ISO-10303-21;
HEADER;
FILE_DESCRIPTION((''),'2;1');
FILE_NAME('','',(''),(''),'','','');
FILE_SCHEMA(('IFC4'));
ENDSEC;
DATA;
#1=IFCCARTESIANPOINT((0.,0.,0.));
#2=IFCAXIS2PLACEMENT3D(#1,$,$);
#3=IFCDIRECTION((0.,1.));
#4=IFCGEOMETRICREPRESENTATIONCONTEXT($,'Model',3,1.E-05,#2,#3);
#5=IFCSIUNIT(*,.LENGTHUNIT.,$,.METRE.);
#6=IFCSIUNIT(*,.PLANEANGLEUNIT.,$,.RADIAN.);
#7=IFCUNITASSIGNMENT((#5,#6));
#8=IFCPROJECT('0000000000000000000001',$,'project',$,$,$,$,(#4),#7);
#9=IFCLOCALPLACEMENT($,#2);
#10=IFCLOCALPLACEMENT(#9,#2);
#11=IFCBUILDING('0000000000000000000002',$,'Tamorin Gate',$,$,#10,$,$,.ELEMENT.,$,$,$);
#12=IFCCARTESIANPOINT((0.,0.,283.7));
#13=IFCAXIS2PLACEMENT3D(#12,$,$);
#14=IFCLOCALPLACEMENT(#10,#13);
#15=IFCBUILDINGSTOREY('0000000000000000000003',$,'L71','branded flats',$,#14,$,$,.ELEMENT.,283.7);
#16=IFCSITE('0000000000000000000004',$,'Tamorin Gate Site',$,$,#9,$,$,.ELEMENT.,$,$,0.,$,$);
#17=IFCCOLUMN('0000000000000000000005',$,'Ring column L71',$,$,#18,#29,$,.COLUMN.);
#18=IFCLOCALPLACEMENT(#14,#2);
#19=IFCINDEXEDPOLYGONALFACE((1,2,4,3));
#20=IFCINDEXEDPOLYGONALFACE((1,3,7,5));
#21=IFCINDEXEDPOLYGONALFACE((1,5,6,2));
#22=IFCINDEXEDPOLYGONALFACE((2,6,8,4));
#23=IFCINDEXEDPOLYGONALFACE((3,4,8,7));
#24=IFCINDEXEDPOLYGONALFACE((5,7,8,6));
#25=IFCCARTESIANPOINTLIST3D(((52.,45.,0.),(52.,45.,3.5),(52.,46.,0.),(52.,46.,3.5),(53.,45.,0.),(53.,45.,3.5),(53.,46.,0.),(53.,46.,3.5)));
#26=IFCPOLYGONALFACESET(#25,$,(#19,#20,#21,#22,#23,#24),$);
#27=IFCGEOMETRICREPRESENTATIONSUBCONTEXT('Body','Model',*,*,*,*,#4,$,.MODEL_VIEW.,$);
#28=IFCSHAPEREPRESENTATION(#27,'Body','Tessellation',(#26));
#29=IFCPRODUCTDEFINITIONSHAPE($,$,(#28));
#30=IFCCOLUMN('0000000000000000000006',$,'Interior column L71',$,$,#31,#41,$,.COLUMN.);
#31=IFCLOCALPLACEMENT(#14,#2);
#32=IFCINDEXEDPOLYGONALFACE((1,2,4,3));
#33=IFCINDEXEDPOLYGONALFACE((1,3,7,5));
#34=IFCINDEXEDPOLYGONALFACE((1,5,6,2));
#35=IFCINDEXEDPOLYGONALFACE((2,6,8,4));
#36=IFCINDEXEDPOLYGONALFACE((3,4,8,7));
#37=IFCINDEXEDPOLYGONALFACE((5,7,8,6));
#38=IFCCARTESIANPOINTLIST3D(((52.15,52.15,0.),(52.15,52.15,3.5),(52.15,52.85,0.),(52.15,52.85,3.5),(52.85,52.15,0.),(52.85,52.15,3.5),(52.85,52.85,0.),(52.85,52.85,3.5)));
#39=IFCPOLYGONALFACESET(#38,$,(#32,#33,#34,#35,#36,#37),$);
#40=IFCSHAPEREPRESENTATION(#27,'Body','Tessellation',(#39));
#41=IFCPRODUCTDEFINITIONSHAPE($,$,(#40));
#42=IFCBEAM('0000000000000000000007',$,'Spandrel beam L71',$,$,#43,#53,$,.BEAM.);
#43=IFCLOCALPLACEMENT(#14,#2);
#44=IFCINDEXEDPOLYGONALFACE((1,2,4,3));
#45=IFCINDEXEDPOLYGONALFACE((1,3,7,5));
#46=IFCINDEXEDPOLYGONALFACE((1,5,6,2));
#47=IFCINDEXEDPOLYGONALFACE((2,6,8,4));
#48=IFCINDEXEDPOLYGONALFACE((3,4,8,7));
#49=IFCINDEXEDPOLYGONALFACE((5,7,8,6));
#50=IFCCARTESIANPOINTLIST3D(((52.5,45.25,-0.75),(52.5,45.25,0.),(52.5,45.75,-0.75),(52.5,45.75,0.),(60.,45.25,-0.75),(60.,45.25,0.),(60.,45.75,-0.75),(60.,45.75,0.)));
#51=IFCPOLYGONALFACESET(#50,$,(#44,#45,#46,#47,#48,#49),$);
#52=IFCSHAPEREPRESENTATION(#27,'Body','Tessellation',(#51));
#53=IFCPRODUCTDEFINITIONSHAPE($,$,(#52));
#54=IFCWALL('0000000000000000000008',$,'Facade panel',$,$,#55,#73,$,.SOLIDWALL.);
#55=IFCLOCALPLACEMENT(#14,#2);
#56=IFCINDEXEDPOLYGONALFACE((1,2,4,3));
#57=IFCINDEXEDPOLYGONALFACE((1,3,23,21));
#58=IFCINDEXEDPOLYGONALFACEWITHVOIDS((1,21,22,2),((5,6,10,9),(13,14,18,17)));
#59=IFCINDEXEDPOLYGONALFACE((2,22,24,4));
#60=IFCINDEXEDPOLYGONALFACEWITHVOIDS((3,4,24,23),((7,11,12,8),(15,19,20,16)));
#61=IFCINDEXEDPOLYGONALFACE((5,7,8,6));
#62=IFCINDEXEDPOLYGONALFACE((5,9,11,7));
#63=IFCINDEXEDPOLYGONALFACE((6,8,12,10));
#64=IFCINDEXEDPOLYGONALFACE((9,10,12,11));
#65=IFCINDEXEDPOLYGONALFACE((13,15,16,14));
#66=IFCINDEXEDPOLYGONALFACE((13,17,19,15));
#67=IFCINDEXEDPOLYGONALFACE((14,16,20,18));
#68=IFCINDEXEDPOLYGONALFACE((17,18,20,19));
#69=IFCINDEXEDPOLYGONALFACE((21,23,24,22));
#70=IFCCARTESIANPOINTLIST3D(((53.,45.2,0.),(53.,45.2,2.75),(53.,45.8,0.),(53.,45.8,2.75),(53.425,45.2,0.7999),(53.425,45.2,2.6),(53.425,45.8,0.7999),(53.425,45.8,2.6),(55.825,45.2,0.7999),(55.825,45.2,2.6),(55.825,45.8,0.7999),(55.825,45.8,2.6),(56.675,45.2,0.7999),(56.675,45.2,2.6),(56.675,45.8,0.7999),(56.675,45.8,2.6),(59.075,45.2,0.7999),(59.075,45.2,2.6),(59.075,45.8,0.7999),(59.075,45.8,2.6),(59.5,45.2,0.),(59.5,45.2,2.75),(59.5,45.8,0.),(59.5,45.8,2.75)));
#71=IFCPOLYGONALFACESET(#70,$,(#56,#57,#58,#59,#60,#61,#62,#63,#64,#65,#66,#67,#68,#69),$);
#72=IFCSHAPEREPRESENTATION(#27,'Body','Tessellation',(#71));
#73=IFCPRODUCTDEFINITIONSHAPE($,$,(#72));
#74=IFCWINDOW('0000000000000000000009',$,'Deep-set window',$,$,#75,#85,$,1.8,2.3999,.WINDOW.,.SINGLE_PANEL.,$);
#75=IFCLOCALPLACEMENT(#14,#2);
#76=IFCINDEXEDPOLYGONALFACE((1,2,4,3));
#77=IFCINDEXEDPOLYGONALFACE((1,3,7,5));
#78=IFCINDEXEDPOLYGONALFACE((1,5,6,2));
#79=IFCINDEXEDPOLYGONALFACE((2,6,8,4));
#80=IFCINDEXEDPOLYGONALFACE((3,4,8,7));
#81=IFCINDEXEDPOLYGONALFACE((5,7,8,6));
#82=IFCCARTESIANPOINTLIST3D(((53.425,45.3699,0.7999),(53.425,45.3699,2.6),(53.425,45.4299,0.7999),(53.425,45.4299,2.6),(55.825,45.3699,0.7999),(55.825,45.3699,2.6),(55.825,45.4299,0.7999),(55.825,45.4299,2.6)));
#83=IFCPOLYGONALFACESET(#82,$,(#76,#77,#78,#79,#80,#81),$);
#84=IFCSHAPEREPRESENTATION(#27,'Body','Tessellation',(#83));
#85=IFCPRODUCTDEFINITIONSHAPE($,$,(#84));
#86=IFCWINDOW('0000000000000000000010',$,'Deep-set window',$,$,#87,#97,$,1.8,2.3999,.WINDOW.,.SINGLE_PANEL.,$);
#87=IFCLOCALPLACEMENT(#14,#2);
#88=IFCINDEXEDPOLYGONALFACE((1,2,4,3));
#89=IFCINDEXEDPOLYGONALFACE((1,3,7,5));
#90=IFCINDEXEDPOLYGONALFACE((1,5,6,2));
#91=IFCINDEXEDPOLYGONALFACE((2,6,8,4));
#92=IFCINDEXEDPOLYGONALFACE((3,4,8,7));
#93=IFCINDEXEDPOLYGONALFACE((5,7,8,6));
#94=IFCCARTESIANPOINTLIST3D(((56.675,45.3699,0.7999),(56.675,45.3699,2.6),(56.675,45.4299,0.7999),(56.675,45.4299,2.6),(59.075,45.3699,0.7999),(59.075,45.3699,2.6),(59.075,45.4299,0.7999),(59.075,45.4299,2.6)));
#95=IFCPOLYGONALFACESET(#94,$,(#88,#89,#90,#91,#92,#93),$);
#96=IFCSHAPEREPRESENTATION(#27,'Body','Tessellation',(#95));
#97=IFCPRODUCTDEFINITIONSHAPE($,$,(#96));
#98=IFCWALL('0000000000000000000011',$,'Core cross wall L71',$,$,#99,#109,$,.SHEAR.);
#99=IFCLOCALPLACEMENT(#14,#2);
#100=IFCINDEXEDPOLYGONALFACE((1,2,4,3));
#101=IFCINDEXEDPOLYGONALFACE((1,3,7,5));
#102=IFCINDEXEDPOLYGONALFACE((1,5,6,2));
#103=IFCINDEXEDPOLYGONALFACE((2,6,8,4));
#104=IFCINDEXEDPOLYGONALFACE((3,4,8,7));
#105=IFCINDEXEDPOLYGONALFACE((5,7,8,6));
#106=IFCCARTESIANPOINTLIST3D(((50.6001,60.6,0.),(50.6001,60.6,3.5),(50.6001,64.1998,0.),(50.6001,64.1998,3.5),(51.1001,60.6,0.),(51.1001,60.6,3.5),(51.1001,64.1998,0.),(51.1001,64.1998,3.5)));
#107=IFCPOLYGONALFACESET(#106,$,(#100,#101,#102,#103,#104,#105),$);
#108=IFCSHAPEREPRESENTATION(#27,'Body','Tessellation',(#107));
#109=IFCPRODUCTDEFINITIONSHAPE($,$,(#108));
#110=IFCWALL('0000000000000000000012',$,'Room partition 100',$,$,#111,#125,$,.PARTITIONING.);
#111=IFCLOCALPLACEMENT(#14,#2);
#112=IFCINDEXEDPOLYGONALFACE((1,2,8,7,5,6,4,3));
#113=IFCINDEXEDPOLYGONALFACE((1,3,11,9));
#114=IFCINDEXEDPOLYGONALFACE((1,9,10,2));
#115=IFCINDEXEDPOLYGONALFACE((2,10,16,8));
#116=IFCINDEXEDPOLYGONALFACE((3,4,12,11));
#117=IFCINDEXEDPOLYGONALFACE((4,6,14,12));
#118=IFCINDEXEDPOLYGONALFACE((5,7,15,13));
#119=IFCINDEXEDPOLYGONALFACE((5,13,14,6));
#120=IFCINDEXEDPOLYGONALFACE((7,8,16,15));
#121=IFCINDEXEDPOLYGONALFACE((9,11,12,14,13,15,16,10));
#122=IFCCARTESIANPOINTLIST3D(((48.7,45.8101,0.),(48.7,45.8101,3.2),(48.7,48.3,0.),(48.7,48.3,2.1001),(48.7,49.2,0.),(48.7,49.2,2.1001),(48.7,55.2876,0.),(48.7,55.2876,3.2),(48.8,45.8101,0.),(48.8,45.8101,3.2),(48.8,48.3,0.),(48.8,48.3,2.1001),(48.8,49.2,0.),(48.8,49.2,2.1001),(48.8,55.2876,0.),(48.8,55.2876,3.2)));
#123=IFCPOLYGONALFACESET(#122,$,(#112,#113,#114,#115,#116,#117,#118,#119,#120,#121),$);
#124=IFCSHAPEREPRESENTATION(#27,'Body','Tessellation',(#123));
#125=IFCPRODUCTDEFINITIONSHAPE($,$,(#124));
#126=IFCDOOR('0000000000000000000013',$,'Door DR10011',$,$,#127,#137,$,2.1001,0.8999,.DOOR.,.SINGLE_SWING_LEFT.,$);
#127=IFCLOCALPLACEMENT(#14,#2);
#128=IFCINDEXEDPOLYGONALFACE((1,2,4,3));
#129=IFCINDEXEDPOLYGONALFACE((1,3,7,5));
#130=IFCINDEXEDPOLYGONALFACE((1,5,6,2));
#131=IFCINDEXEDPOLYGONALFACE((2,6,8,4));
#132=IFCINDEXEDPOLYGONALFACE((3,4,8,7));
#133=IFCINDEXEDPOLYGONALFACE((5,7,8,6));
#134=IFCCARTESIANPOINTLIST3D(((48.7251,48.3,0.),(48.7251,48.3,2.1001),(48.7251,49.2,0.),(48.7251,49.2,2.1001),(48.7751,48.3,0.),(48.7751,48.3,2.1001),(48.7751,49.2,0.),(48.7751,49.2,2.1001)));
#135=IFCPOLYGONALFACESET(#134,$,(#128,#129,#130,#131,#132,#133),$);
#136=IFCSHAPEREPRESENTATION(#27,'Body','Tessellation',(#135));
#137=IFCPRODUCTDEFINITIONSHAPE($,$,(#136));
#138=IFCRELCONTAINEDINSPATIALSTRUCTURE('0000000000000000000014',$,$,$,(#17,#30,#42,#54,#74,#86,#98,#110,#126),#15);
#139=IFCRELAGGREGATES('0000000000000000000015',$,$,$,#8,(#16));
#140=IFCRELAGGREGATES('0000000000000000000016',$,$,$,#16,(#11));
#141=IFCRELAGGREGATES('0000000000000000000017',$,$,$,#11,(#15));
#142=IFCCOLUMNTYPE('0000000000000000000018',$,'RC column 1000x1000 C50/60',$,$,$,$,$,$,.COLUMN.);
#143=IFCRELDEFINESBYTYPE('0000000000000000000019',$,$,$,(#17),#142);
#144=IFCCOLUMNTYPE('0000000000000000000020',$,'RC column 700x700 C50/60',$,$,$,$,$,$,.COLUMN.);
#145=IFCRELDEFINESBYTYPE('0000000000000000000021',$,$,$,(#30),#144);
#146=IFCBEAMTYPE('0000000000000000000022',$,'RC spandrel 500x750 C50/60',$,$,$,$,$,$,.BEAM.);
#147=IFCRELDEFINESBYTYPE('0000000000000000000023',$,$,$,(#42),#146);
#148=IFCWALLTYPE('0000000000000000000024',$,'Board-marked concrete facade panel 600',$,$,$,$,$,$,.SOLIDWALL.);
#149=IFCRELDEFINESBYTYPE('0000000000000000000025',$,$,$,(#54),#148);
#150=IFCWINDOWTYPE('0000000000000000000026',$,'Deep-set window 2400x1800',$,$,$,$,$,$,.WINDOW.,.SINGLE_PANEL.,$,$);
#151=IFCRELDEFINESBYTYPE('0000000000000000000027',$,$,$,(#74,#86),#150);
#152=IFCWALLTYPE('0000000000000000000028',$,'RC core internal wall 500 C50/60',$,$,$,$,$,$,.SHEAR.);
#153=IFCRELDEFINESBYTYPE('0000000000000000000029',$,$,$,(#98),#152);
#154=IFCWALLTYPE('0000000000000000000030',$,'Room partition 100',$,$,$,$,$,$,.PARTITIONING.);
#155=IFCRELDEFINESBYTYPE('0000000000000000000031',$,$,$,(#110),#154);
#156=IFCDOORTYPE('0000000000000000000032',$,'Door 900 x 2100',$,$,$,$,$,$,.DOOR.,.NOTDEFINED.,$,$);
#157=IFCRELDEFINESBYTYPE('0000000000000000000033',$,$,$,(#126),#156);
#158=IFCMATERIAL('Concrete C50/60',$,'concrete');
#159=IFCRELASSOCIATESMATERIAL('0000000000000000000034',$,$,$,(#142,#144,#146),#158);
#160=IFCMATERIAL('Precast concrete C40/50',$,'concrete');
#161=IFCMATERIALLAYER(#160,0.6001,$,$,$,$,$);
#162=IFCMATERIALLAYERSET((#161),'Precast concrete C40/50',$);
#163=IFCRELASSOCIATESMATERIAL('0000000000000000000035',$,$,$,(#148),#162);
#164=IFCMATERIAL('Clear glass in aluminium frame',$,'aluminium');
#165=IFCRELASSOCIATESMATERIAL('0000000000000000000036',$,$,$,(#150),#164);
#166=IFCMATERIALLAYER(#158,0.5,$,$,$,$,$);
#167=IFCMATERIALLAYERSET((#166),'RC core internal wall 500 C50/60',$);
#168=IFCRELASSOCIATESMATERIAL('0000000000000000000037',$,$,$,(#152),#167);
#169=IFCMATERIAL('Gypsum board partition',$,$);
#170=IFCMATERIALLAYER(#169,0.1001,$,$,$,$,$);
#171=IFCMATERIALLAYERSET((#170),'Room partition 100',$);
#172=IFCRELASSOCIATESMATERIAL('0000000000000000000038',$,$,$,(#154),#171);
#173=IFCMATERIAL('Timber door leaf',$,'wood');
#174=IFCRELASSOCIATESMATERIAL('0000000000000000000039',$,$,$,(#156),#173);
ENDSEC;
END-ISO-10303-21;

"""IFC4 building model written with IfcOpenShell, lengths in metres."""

from ifc_helpers import new_model, si_unit, direction, frame, frame_2d, origin, origin_2d, place, context, subcontext, project, spatial, rectangle, extrude, material, layer, layer_set, material_profile, profile_set, type_object, element, fill, save


model = new_model("IFC4")

# Units and contexts
model_context = context("Model", 3, precision=1e-05, world=origin(), true_north=direction((0.0, 1.0)))
body_context = subcontext(model_context, "Body", "Model", "MODEL_VIEW")
ifc_project = project(units=[si_unit("LENGTHUNIT", "METRE"), si_unit("PLANEANGLEUNIT", "RADIAN")], contexts=[model_context])

# Site, building, storey
site_placement = place(None, origin())
site = spatial("IfcSite", under=ifc_project, at=site_placement, Name="Tamorin Gate Site", CompositionType="ELEMENT", RefElevation=0.0)
building_placement = place(site_placement, origin())
building = spatial("IfcBuilding", under=site, at=building_placement, Name="Tamorin Gate", CompositionType="ELEMENT")
storey_placement = place(building_placement, frame((0.0, 0.0, 283.7)))
storey = spatial("IfcBuildingStorey", under=building, at=storey_placement, Name="L71", Description="branded flats", CompositionType="ELEMENT", Elevation=283.7)

# Columns
ifc_material_1 = material(Name="Concrete C50/60", Category="concrete")
ifc_material_profile_1 = material_profile(ifc_material_1, rectangle(XDim=1.0, YDim=1.0, at=origin_2d()), Name="RC 1000x1000")
ifc_profile_set_1 = profile_set([ifc_material_profile_1], Name="Concrete C50/60")
column_type_1 = type_object("IfcColumnType", Name="RC column 1000x1000 C50/60", PredefinedType="COLUMN", material=ifc_profile_set_1)
column_1_placement = place(storey_placement, frame((52.5, 45.5, 0.0), z_axis=(0.0, 0.0, 1.0), x_axis=(1.0, 0.0, 0.0)))
element("IfcColumn", 1, at=column_1_placement, inside=storey, type_object=column_type_1, Name="Ring column L71", PredefinedType="COLUMN", context=body_context, shape_type="SweptSolid", body=[
    extrude(rectangle(XDim=1.0, YDim=1.0, at=origin_2d()), origin(), (0.0, 0.0, 1.0), 3.5),
])
ifc_material_profile_2 = material_profile(ifc_material_1, rectangle(XDim=0.7, YDim=0.7, at=origin_2d()), Name="RC 700x700")
ifc_profile_set_2 = profile_set([ifc_material_profile_2], Name="Concrete C50/60")
column_type_2 = type_object("IfcColumnType", Name="RC column 700x700 C50/60", PredefinedType="COLUMN", material=ifc_profile_set_2)
column_2_placement = place(storey_placement, frame((52.5, 52.5, 0.0), z_axis=(0.0, 0.0, 1.0), x_axis=(1.0, 0.0, 0.0)))
element("IfcColumn", 2, at=column_2_placement, inside=storey, type_object=column_type_2, Name="Interior column L71", PredefinedType="COLUMN", context=body_context, shape_type="SweptSolid", body=[
    extrude(rectangle(XDim=0.7, YDim=0.7, at=origin_2d()), origin(), (0.0, 0.0, 1.0), 3.5),
])

# Beam
ifc_material_profile_3 = material_profile(ifc_material_1, rectangle(XDim=0.5, YDim=0.75, at=origin_2d()), Name="RC 500x750")
ifc_profile_set_3 = profile_set([ifc_material_profile_3], Name="Concrete C50/60")
beam_type = type_object("IfcBeamType", Name="RC spandrel 500x750 C50/60", PredefinedType="BEAM", material=ifc_profile_set_3)
beam_placement = place(storey_placement, frame((52.5, 45.5, -0.375), z_axis=(1.0, 0.0, 0.0), x_axis=(0.0, 1.0, 0.0)))
element("IfcBeam", 3, at=beam_placement, inside=storey, type_object=beam_type, Name="Spandrel beam L71", PredefinedType="BEAM", context=body_context, shape_type="SweptSolid", body=[
    extrude(rectangle(XDim=0.5, YDim=0.75, at=origin_2d()), origin(), (0.0, 0.0, 1.0), 7.5),
])

# Wall, openings, windows
ifc_material_2 = material(Name="Precast concrete C40/50", Category="concrete")
ifc_layer_1 = layer(ifc_material_2, 0.6001)
ifc_layer_set_1 = layer_set([ifc_layer_1], Name="Precast concrete C40/50")
wall_type_1 = type_object("IfcWallType", Name="Board-marked concrete facade panel 600", PredefinedType="SOLIDWALL", material=ifc_layer_set_1)
wall_1_placement = place(storey_placement, frame((53.0, 45.5, 0.0), z_axis=(0.0, 0.0, 1.0), x_axis=(1.0, 0.0, 0.0)))
wall_1 = element("IfcWall", 4, at=wall_1_placement, inside=storey, type_object=wall_type_1, Name="Facade panel", PredefinedType="SOLIDWALL", context=body_context, shape_type="SweptSolid", body=[
    extrude(rectangle(XDim=6.5, YDim=0.6001, at=frame_2d((3.25, 0.0))), origin(), (0.0, 0.0, 1.0), 2.75),
])
opening_1_placement = place(wall_1_placement, frame((0.425, 0.0, 0.8)))
opening_1 = element("IfcOpeningElement", 5, at=opening_1_placement, cuts=wall_1, PredefinedType="OPENING", context=body_context, shape_type="SweptSolid", body=[
    extrude(rectangle(XDim=2.3999, YDim=1.8, at=frame_2d((1.2, 0.8999))), frame((0.0, 0.3101, 0.0), z_axis=(0.0, -1.0, 0.0), x_axis=(1.0, 0.0, 0.0)), (0.0, 0.0, 1.0), 0.6201),
])
opening_2_placement = place(wall_1_placement, frame((3.675, 0.0, 0.8)))
opening_2 = element("IfcOpeningElement", 6, at=opening_2_placement, cuts=wall_1, PredefinedType="OPENING", context=body_context, shape_type="SweptSolid", body=[
    extrude(rectangle(XDim=2.3999, YDim=1.8, at=frame_2d((1.2, 0.8999))), frame((0.0, 0.3101, 0.0), z_axis=(0.0, -1.0, 0.0), x_axis=(1.0, 0.0, 0.0)), (0.0, 0.0, 1.0), 0.6201),
])
ifc_material_3 = material(Name="Clear glass in aluminium frame", Category="aluminium")
window_type = type_object("IfcWindowType", Name="Deep-set window 2400x1800", PartitioningType="SINGLE_PANEL", PredefinedType="WINDOW", material=ifc_material_3)
window_1_placement = place(opening_1_placement, origin())
window_1 = element("IfcWindow", 7, at=window_1_placement, inside=storey, type_object=window_type, Name="Deep-set window", OverallHeight=1.8, OverallWidth=2.3999, PartitioningType="SINGLE_PANEL", PredefinedType="WINDOW", context=body_context, shape_type="SweptSolid", body=[
    extrude(rectangle(XDim=2.3999, YDim=1.8, at=frame_2d((1.2, 0.8999))), frame((0.0, -0.0701, 0.0), z_axis=(0.0, -1.0, 0.0), x_axis=(1.0, 0.0, 0.0)), (0.0, 0.0, 1.0), 0.0601),
])
fill(opening_1, window_1)
window_2_placement = place(opening_2_placement, origin())
window_2 = element("IfcWindow", 8, at=window_2_placement, inside=storey, type_object=window_type, Name="Deep-set window", OverallHeight=1.8, OverallWidth=2.3999, PartitioningType="SINGLE_PANEL", PredefinedType="WINDOW", context=body_context, shape_type="SweptSolid", body=[
    extrude(rectangle(XDim=2.3999, YDim=1.8, at=frame_2d((1.2, 0.8999))), frame((0.0, -0.0701, 0.0), z_axis=(0.0, -1.0, 0.0), x_axis=(1.0, 0.0, 0.0)), (0.0, 0.0, 1.0), 0.0601),
])
fill(opening_2, window_2)

# Wall
ifc_layer_2 = layer(ifc_material_1, 0.5)
ifc_layer_set_2 = layer_set([ifc_layer_2], Name="RC core internal wall 500 C50/60")
wall_type_2 = type_object("IfcWallType", Name="RC core internal wall 500 C50/60", PredefinedType="SHEAR", material=ifc_layer_set_2)
wall_2_placement = place(storey_placement, frame((50.8501, 60.6001, 0.0), z_axis=(0.0, 0.0, 1.0), x_axis=(0.0, 1.0, 0.0)))
element("IfcWall", 9, at=wall_2_placement, inside=storey, type_object=wall_type_2, Name="Core cross wall L71", PredefinedType="SHEAR", context=body_context, shape_type="SweptSolid", body=[
    extrude(rectangle(XDim=3.5999, YDim=0.5, at=frame_2d((1.7998, 0.0))), origin(), (0.0, 0.0, 1.0), 3.5),
])

# Wall, opening, door
ifc_material_4 = material(Name="Gypsum board partition")
ifc_layer_3 = layer(ifc_material_4, 0.1001)
ifc_layer_set_3 = layer_set([ifc_layer_3], Name="Room partition 100")
wall_type_3 = type_object("IfcWallType", Name="Room partition 100", PredefinedType="PARTITIONING", material=ifc_layer_set_3)
wall_3_placement = place(storey_placement, frame((48.75, 45.8101, 0.0), z_axis=(0.0, 0.0, 1.0), x_axis=(0.0, 1.0, 0.0)))
wall_3 = element("IfcWall", 10, at=wall_3_placement, inside=storey, type_object=wall_type_3, Name="Room partition 100", PredefinedType="PARTITIONING", context=body_context, shape_type="SweptSolid", body=[
    extrude(rectangle(XDim=9.4775, YDim=0.1001, at=frame_2d((4.7388, 0.0))), origin(), (0.0, 0.0, 1.0), 3.2),
])
opening_3_placement = place(wall_3_placement, frame((2.49, 0.0, 0.0)))
opening_3 = element("IfcOpeningElement", 11, at=opening_3_placement, cuts=wall_3, PredefinedType="OPENING", context=body_context, shape_type="SweptSolid", body=[
    extrude(rectangle(XDim=0.8999, YDim=2.1001, at=frame_2d((0.45, 1.05))), frame((0.0, 0.0601, 0.0), z_axis=(0.0, -1.0, 0.0), x_axis=(1.0, 0.0, 0.0)), (0.0, 0.0, 1.0), 0.1201),
])
ifc_material_5 = material(Name="Timber door leaf", Category="wood")
door_type = type_object("IfcDoorType", Name="Door 900 x 2100", OperationType="NOTDEFINED", PredefinedType="DOOR", material=ifc_material_5)
door_1_placement = place(opening_3_placement, origin())
door_1 = element("IfcDoor", 12, at=door_1_placement, inside=storey, type_object=door_type, Name="Door DR10011", OperationType="SINGLE_SWING_LEFT", OverallHeight=2.1001, OverallWidth=0.8999, PredefinedType="DOOR", context=body_context, shape_type="SweptSolid", body=[
    extrude(rectangle(XDim=0.8999, YDim=2.1001, at=frame_2d((0.45, 1.05))), frame((0.0, 0.0249, 0.0), z_axis=(0.0, -1.0, 0.0), x_axis=(1.0, 0.0, 0.0)), (0.0, 0.0, 1.0), 0.05),
])
fill(opening_3, door_1)

save(model, "model.ifc")
